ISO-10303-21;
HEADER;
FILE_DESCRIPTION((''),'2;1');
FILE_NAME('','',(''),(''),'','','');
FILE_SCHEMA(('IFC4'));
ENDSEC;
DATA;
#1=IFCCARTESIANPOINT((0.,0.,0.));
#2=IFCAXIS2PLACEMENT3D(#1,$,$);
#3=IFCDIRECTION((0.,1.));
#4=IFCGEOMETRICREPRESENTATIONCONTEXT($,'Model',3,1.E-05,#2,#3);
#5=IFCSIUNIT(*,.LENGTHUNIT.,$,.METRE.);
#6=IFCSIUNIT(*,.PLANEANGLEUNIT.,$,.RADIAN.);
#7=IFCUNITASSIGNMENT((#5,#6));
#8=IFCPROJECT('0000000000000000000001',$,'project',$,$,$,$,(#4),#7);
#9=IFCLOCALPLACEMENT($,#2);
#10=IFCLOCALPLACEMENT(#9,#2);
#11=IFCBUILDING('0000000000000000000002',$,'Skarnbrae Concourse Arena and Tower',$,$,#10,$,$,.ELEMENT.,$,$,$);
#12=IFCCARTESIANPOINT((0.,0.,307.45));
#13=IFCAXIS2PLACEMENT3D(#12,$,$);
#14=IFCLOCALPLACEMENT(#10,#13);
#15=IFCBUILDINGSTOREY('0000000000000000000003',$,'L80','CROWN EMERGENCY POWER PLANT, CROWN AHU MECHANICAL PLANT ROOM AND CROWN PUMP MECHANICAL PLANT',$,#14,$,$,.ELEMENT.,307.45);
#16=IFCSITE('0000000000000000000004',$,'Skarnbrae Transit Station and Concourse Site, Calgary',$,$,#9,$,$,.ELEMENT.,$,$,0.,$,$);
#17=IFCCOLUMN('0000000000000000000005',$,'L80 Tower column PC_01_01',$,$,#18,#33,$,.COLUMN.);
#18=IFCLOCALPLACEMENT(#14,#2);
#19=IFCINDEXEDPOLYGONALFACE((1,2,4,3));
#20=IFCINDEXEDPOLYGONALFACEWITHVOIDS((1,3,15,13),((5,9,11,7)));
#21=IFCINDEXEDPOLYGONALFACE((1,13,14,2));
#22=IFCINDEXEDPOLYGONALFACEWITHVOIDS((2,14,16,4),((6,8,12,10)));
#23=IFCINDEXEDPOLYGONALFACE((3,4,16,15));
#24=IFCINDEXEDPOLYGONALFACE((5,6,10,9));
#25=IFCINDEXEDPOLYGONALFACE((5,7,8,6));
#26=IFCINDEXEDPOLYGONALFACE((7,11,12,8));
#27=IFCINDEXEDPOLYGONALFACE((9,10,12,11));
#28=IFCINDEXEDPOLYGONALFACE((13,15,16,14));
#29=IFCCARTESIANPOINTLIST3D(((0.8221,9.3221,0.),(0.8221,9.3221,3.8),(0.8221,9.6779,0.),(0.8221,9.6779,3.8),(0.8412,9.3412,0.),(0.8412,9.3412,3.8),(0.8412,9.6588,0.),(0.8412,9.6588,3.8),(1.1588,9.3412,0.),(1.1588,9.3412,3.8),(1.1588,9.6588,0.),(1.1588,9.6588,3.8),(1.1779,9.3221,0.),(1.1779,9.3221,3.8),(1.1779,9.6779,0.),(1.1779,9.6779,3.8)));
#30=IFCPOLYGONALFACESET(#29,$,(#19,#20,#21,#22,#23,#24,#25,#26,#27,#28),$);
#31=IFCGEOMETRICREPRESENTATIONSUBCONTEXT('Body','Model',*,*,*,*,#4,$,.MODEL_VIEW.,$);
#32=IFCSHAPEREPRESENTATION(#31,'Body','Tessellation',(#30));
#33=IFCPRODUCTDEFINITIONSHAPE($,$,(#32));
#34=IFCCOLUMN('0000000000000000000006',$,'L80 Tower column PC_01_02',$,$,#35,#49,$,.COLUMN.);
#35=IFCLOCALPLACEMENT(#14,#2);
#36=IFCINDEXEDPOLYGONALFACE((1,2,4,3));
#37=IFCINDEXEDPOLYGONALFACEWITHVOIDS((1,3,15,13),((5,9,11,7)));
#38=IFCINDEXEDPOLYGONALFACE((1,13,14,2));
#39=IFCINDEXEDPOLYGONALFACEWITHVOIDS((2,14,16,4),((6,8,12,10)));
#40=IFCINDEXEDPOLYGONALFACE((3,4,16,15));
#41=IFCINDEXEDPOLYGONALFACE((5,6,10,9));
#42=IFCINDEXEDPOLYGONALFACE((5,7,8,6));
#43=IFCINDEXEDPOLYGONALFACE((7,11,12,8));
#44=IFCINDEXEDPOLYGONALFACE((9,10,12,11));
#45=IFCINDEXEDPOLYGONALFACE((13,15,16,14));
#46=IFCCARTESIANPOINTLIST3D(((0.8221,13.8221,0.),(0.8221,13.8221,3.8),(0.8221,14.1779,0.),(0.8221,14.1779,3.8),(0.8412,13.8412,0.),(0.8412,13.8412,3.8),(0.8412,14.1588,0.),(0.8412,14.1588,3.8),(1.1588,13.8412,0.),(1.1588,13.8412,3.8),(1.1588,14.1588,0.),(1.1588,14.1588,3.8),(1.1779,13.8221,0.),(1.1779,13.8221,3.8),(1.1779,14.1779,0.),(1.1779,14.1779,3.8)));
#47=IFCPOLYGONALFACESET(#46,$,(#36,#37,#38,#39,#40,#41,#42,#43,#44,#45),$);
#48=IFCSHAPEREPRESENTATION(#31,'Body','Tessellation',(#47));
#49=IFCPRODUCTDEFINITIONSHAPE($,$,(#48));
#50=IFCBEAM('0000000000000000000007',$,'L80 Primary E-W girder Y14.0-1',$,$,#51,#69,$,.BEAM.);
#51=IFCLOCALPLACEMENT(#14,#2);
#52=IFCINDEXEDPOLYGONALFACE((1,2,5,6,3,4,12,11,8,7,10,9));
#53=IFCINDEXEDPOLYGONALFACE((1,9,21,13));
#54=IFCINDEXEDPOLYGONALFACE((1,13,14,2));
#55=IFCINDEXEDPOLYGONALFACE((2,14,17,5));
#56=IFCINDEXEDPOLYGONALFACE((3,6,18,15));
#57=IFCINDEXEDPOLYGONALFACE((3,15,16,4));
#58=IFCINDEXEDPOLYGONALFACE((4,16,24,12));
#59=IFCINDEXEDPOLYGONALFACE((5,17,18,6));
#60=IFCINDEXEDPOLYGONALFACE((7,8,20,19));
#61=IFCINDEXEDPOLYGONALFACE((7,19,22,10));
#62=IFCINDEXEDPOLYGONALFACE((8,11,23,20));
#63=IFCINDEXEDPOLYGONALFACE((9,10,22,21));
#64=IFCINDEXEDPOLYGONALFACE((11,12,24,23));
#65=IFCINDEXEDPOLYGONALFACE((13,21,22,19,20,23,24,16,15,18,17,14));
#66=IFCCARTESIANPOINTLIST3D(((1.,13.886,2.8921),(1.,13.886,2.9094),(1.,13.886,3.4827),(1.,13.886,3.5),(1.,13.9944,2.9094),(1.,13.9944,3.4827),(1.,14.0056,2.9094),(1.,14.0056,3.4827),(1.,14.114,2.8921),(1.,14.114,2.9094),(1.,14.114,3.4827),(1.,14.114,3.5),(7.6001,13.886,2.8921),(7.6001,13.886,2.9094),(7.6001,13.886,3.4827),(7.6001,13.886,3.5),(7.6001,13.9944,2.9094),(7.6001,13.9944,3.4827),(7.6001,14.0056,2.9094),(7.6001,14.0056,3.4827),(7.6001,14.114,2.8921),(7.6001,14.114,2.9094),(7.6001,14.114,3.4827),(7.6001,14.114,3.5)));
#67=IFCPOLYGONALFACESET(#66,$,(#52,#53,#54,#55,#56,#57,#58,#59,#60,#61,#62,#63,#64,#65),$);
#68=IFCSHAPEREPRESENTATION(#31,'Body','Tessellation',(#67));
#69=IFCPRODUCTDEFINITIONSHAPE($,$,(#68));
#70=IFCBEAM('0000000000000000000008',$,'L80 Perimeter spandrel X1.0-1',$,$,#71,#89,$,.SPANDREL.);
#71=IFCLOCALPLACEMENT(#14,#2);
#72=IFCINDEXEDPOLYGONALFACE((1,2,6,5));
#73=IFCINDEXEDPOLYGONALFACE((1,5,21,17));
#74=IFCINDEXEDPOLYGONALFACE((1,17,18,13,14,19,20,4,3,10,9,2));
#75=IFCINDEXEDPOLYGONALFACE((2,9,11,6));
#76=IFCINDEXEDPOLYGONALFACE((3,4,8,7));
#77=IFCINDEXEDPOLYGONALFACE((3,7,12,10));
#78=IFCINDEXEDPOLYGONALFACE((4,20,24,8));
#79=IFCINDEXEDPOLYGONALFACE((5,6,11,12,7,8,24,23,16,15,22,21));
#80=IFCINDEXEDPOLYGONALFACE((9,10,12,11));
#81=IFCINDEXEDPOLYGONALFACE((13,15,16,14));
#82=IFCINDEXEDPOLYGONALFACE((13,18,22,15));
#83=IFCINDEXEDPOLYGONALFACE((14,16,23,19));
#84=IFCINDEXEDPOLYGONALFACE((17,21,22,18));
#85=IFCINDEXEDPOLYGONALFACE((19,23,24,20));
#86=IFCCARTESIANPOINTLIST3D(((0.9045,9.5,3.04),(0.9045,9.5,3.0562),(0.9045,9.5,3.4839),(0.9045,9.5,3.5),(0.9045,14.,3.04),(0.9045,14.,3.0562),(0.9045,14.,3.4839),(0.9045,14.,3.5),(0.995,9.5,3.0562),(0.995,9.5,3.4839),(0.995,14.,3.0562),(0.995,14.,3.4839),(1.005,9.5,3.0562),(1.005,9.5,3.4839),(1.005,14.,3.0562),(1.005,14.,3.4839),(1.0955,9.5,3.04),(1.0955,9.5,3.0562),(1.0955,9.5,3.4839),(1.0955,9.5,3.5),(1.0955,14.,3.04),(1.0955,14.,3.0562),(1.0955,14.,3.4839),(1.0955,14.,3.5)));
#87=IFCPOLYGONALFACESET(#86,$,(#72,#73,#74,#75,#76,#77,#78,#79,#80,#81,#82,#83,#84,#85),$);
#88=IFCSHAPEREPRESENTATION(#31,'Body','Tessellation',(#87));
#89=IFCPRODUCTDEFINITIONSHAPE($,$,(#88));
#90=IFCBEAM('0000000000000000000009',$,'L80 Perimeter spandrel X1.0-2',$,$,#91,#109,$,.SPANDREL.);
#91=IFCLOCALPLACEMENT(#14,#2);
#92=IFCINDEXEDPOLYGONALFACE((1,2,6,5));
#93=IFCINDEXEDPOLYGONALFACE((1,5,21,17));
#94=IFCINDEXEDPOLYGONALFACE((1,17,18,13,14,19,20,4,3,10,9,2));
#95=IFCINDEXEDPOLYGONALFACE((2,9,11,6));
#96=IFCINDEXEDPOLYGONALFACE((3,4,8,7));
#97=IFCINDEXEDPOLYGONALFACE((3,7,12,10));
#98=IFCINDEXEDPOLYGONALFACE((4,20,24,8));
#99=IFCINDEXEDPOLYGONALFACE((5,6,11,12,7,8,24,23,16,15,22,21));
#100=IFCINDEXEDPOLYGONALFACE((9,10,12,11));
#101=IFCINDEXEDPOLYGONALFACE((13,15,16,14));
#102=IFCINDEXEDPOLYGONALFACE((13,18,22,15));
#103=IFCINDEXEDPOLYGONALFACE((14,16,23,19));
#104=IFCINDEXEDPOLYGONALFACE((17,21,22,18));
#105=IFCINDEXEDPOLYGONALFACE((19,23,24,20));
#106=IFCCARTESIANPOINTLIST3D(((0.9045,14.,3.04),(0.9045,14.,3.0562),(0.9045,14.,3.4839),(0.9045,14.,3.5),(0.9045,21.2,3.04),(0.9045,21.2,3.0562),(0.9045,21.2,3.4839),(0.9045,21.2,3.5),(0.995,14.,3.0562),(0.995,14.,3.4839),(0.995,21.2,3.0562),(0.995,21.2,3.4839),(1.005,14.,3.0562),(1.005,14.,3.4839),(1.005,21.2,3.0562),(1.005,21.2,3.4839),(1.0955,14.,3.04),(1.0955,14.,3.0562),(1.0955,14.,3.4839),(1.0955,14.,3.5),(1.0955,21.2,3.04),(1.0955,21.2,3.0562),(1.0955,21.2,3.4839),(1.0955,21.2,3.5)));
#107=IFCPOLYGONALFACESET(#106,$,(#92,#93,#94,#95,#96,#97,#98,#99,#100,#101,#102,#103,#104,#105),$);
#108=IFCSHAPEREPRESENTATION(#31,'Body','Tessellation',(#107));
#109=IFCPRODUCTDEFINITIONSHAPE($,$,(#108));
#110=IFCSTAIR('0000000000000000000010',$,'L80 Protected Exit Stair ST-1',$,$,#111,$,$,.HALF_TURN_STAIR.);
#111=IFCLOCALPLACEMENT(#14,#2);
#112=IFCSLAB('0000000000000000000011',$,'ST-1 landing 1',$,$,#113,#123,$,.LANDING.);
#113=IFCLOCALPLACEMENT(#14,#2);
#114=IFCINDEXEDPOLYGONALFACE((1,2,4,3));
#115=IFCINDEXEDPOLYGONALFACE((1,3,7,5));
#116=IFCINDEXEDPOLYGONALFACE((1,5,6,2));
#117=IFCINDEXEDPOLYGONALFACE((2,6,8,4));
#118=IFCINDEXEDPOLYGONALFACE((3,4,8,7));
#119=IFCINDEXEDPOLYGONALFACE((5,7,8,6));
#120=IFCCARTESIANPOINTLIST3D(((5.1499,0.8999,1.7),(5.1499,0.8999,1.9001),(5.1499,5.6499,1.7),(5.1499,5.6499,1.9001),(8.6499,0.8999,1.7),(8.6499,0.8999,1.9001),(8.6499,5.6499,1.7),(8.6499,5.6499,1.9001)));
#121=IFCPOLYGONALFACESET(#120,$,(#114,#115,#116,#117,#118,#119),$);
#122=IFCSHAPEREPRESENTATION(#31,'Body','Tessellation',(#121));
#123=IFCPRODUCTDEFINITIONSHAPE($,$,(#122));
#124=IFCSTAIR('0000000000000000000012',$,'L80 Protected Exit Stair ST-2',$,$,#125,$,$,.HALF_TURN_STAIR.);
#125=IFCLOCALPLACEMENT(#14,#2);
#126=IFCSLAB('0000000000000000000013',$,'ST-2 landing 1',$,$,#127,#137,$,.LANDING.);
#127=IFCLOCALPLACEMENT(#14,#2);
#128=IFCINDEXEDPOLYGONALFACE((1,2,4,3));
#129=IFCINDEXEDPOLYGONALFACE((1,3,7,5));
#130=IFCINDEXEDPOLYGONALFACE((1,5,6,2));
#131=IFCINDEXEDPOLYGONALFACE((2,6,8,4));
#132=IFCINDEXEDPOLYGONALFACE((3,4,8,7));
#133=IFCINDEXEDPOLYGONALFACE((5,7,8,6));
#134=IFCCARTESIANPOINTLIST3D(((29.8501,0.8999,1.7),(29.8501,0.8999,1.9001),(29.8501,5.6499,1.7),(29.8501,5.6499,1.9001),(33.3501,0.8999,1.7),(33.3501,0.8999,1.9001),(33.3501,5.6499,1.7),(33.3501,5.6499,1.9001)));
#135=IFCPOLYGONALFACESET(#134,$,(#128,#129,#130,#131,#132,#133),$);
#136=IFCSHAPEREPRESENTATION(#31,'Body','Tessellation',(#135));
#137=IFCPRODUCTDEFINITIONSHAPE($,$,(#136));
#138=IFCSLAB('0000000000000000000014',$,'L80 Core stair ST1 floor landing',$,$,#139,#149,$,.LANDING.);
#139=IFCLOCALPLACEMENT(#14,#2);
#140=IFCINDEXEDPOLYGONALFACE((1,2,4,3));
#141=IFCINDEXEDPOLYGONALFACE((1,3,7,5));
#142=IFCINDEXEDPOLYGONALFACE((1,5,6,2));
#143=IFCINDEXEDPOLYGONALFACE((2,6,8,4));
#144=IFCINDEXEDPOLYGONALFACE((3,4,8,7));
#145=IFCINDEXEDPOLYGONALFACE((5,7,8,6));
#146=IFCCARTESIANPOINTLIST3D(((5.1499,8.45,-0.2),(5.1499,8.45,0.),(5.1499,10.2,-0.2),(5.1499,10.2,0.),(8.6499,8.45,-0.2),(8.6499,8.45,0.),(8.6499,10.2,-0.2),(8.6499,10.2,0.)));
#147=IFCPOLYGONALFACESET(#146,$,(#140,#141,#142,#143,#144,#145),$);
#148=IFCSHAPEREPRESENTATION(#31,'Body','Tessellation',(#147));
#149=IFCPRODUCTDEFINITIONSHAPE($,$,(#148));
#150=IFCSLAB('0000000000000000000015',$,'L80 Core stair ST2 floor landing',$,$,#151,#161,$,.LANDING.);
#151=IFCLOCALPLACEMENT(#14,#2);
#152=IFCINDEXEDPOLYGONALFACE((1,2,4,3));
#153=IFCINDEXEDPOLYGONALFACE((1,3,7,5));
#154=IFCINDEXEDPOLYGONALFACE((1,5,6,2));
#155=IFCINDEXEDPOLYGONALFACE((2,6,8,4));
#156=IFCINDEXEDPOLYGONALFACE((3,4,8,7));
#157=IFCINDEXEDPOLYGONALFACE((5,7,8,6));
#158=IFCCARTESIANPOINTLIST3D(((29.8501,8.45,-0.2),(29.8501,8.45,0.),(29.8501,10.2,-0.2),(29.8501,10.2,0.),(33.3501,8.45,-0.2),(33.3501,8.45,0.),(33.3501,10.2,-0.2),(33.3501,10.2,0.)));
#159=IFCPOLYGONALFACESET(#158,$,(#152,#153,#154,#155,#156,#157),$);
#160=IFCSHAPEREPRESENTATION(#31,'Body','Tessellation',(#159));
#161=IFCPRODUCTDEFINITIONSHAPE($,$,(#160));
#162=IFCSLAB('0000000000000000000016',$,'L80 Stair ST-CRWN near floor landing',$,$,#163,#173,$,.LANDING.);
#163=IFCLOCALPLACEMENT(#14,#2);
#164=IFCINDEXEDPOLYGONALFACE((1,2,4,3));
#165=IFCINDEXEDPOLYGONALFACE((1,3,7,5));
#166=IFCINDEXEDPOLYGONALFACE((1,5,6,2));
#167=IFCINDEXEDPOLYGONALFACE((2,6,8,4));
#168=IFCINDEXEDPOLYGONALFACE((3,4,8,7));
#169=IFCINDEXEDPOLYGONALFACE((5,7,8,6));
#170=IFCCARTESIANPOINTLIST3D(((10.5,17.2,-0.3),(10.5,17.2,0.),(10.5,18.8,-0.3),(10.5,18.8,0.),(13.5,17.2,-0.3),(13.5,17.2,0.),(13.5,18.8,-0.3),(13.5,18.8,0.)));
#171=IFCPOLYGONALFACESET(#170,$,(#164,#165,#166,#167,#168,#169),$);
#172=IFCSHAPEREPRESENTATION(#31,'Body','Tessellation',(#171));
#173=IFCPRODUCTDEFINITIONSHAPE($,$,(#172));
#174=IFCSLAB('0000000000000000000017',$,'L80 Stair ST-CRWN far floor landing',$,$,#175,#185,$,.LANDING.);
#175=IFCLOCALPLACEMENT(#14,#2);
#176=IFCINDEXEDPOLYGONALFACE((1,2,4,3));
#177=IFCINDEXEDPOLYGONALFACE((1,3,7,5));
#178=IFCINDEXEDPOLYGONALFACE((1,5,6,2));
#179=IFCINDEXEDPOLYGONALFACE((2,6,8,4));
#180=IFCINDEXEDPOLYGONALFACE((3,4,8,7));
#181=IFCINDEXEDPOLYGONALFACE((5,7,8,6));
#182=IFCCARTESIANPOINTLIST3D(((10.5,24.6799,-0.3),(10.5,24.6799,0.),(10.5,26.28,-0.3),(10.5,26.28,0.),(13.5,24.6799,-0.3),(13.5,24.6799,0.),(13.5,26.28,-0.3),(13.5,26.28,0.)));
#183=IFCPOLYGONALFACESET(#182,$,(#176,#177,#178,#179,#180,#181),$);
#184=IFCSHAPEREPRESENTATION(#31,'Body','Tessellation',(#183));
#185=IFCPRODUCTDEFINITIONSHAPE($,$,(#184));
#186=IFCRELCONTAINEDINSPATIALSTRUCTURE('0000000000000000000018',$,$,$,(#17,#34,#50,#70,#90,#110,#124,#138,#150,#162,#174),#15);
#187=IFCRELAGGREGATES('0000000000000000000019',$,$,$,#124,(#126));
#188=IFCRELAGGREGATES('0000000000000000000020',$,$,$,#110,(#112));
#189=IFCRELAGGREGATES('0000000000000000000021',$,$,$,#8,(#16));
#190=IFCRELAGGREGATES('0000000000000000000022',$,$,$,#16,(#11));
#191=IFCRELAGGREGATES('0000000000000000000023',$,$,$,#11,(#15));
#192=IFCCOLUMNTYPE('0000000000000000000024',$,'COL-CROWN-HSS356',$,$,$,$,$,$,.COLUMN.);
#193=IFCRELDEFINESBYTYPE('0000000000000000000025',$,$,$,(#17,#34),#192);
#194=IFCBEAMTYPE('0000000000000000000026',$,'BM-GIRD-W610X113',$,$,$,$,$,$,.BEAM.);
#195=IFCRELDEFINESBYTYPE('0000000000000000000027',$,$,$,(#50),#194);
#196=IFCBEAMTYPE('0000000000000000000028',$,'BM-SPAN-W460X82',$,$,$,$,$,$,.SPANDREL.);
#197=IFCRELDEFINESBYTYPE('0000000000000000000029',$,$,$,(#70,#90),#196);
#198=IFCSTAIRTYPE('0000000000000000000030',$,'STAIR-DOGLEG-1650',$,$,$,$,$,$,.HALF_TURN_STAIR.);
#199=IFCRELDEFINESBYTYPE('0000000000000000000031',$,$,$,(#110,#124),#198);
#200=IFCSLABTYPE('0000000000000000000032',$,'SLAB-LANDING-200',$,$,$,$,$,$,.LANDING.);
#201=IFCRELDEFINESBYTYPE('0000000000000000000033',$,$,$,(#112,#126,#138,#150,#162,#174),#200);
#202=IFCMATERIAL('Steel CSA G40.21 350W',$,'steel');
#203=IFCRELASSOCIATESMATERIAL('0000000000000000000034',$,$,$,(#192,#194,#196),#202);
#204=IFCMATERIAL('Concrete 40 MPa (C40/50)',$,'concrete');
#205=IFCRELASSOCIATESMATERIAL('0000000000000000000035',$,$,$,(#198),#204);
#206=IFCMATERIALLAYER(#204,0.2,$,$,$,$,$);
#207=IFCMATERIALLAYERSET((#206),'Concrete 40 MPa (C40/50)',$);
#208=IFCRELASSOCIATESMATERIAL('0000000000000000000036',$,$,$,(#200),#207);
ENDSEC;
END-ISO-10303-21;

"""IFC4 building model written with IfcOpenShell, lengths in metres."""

from ifc_helpers import new_model, si_unit, direction, frame, origin, origin_2d, place, context, subcontext, project, spatial, polyline, hollow_rectangle, i_section, outline, extrude, source, transform, mapped, material, layer, layer_set, material_profile, profile_set, type_object, element, aggregate, save


model = new_model("IFC4")

# Units and contexts
model_context = context("Model", 3, precision=1e-05, world=origin(), true_north=direction((0.0, 1.0)))
body_context = subcontext(model_context, "Body", "Model", "MODEL_VIEW")
ifc_project = project(units=[si_unit("LENGTHUNIT", "METRE"), si_unit("PLANEANGLEUNIT", "RADIAN")], contexts=[model_context])

# Site, building, storey
site_placement = place(None, origin())
site = spatial("IfcSite", under=ifc_project, at=site_placement, Name="Skarnbrae Transit Station and Concourse Site, Calgary", CompositionType="ELEMENT", RefElevation=0.0)
building_placement = place(site_placement, origin())
building = spatial("IfcBuilding", under=site, at=building_placement, Name="Skarnbrae Concourse Arena and Tower", CompositionType="ELEMENT")
storey_placement = place(building_placement, frame((0.0, 0.0, 307.45)))
storey = spatial("IfcBuildingStorey", under=building, at=storey_placement, Name="L80", Description="CROWN EMERGENCY POWER PLANT, CROWN AHU MECHANICAL PLANT ROOM AND CROWN PUMP MECHANICAL PLANT", CompositionType="ELEMENT", Elevation=307.45)

# Columns
ifc_material_1 = material(Name="Steel CSA G40.21 350W", Category="steel")
ifc_material_profile_1 = material_profile(ifc_material_1, hollow_rectangle(XDim=0.3557, YDim=0.3557, WallThickness=0.019, at=origin_2d()), Name="HSS356X356X19.0")
ifc_profile_set_1 = profile_set([ifc_material_profile_1], Name="Steel CSA G40.21 350W")
column_type = type_object("IfcColumnType", Name="COL-CROWN-HSS356", PredefinedType="COLUMN", material=ifc_profile_set_1)
shared_shape_1 = source(origin(), body_context, "Body", "SweptSolid", [
    extrude(hollow_rectangle(XDim=0.3557, YDim=0.3557, WallThickness=0.019, at=origin_2d()), origin(), (0.0, 0.0, 1.0), 3.8),
])
for number, where, z_axis, x_axis, name in (
    (1, (1.0, 9.5, 0.0), (0.0, 0.0, 1.0), (1.0, 0.0, 0.0), "L80 Tower column PC_01_01"),
    (2, (1.0, 14.0, 0.0), (0.0, 0.0, 1.0), (1.0, 0.0, 0.0), "L80 Tower column PC_01_02"),
):
    element("IfcColumn", number, at=place(storey_placement, frame(where, z_axis=z_axis, x_axis=x_axis)), inside=storey, type_object=column_type, Name=name, PredefinedType="COLUMN", context=body_context, shape_type="MappedRepresentation", body=[
        mapped(shared_shape_1, transform((0.0, 0.0, 0.0))),
    ])

# Beams
ifc_material_profile_2 = material_profile(ifc_material_1, i_section(OverallWidth=0.228, OverallDepth=0.6079, WebThickness=0.0112, FlangeThickness=0.0173, at=origin_2d()), Name="W610X113")
ifc_profile_set_2 = profile_set([ifc_material_profile_2], Name="Steel CSA G40.21 350W")
beam_type_1 = type_object("IfcBeamType", Name="BM-GIRD-W610X113", PredefinedType="BEAM", material=ifc_profile_set_2)
shared_shape_2 = source(origin(), body_context, "Body", "SweptSolid", [
    extrude(i_section(OverallWidth=0.228, OverallDepth=0.6079, WebThickness=0.0112, FlangeThickness=0.0173, at=origin_2d()), origin(), (0.0, 0.0, 1.0), 6.6001),
])
beam_1_placement = place(storey_placement, frame((1.0, 14.0, 3.196), z_axis=(1.0, 0.0, 0.0), x_axis=(0.0, 1.0, 0.0)))
element("IfcBeam", 3, at=beam_1_placement, inside=storey, type_object=beam_type_1, Name="L80 Primary E-W girder Y14.0-1", PredefinedType="BEAM", context=body_context, shape_type="MappedRepresentation", body=[
    mapped(shared_shape_2, transform((0.0, 0.0, 0.0))),
])
ifc_material_profile_3 = material_profile(ifc_material_1, i_section(OverallWidth=0.1909, OverallDepth=0.46, WebThickness=0.01, FlangeThickness=0.0161, at=origin_2d()), Name="W460X82")
ifc_profile_set_3 = profile_set([ifc_material_profile_3], Name="Steel CSA G40.21 350W")
beam_type_2 = type_object("IfcBeamType", Name="BM-SPAN-W460X82", PredefinedType="SPANDREL", material=ifc_profile_set_3)
shared_shape_3 = source(origin(), body_context, "Body", "SweptSolid", [
    extrude(i_section(OverallWidth=0.1909, OverallDepth=0.46, WebThickness=0.01, FlangeThickness=0.0161, at=origin_2d()), origin(), (0.0, 0.0, 1.0), 4.5),
])
beam_2_placement = place(storey_placement, frame((1.0, 9.5, 3.27), z_axis=(0.0, 1.0, 0.0), x_axis=(-1.0, 0.0, 0.0)))
element("IfcBeam", 4, at=beam_2_placement, inside=storey, type_object=beam_type_2, Name="L80 Perimeter spandrel X1.0-1", PredefinedType="SPANDREL", context=body_context, shape_type="MappedRepresentation", body=[
    mapped(shared_shape_3, transform((0.0, 0.0, 0.0))),
])
shared_shape_4 = source(origin(), body_context, "Body", "SweptSolid", [
    extrude(i_section(OverallWidth=0.1909, OverallDepth=0.46, WebThickness=0.01, FlangeThickness=0.0161, at=origin_2d()), origin(), (0.0, 0.0, 1.0), 7.2),
])
beam_3_placement = place(storey_placement, frame((1.0, 14.0, 3.27), z_axis=(0.0, 1.0, 0.0), x_axis=(-1.0, 0.0, 0.0)))
element("IfcBeam", 5, at=beam_3_placement, inside=storey, type_object=beam_type_2, Name="L80 Perimeter spandrel X1.0-2", PredefinedType="SPANDREL", context=body_context, shape_type="MappedRepresentation", body=[
    mapped(shared_shape_4, transform((0.0, 0.0, 0.0))),
])

# Stairs, slabs
ifc_material_2 = material(Name="Concrete 40 MPa (C40/50)", Category="concrete")
stair_type = type_object("IfcStairType", Name="STAIR-DOGLEG-1650", PredefinedType="HALF_TURN_STAIR", material=ifc_material_2)
stair_1_placement = place(storey_placement, origin())
stair_1 = element("IfcStair", 6, at=stair_1_placement, inside=storey, type_object=stair_type, Name="L80 Protected Exit Stair ST-1", PredefinedType="HALF_TURN_STAIR")
ifc_layer_1 = layer(ifc_material_2, 0.2)
ifc_layer_set_1 = layer_set([ifc_layer_1], Name="Concrete 40 MPa (C40/50)")
slab_type_1 = type_object("IfcSlabType", Name="SLAB-LANDING-200", PredefinedType="LANDING", material=ifc_layer_set_1)
slab_1_placement = place(storey_placement, frame((0.0, 0.0, 1.7)))
slab_1 = element("IfcSlab", 7, at=slab_1_placement, type_object=slab_type_1, Name="ST-1 landing 1", PredefinedType="LANDING", context=body_context, shape_type="SweptSolid", body=[
    extrude(outline(polyline([(5.1499, 5.6499), (5.1499, 0.8999), (8.6499, 0.8999), (8.6499, 5.6499), (5.1499, 5.6499)])), origin(), (0.0, 0.0, 1.0), 0.2002),
])
stair_2_placement = place(storey_placement, origin())
stair_2 = element("IfcStair", 8, at=stair_2_placement, inside=storey, type_object=stair_type, Name="L80 Protected Exit Stair ST-2", PredefinedType="HALF_TURN_STAIR")
slab_2_placement = place(storey_placement, frame((0.0, 0.0, 1.7)))
slab_2 = element("IfcSlab", 9, at=slab_2_placement, type_object=slab_type_1, Name="ST-2 landing 1", PredefinedType="LANDING", context=body_context, shape_type="SweptSolid", body=[
    extrude(outline(polyline([(29.8501, 5.6499), (29.8501, 0.8999), (33.3501, 0.8999), (33.3501, 5.6499), (29.8501, 5.6499)])), origin(), (0.0, 0.0, 1.0), 0.2002),
])
aggregate(stair_2, [slab_2])

# Slabs
slab_3_placement = place(storey_placement, frame((0.0, 0.0, -0.2)))
element("IfcSlab", 10, at=slab_3_placement, inside=storey, type_object=slab_type_1, Name="L80 Core stair ST1 floor landing", PredefinedType="LANDING", context=body_context, shape_type="SweptSolid", body=[
    extrude(outline(polyline([(5.1499, 10.2), (5.1499, 8.45), (8.6499, 8.45), (8.6499, 10.2), (5.1499, 10.2)])), origin(), (0.0, 0.0, 1.0), 0.2),
])
slab_4_placement = place(storey_placement, frame((0.0, 0.0, -0.2)))
element("IfcSlab", 11, at=slab_4_placement, inside=storey, type_object=slab_type_1, Name="L80 Core stair ST2 floor landing", PredefinedType="LANDING", context=body_context, shape_type="SweptSolid", body=[
    extrude(outline(polyline([(29.8501, 10.2), (29.8501, 8.45), (33.3501, 8.45), (33.3501, 10.2), (29.8501, 10.2)])), origin(), (0.0, 0.0, 1.0), 0.2),
])
slab_5_placement = place(storey_placement, frame((0.0, 0.0, -0.3)))
element("IfcSlab", 12, at=slab_5_placement, inside=storey, type_object=slab_type_1, Name="L80 Stair ST-CRWN near floor landing", PredefinedType="LANDING", context=body_context, shape_type="SweptSolid", body=[
    extrude(outline(polyline([(13.5, 17.2), (13.5, 18.8), (10.5, 18.8), (10.5, 17.2), (13.5, 17.2)])), origin(), (0.0, 0.0, 1.0), 0.3),
])
slab_6_placement = place(storey_placement, frame((0.0, 0.0, -0.3)))
element("IfcSlab", 13, at=slab_6_placement, inside=storey, type_object=slab_type_1, Name="L80 Stair ST-CRWN far floor landing", PredefinedType="LANDING", context=body_context, shape_type="SweptSolid", body=[
    extrude(outline(polyline([(13.5, 24.6799), (13.5, 26.28), (10.5, 26.28), (10.5, 24.6799), (13.5, 24.6799)])), origin(), (0.0, 0.0, 1.0), 0.3),
])

aggregate(stair_1, [slab_1])

save(model, "model.ifc")
